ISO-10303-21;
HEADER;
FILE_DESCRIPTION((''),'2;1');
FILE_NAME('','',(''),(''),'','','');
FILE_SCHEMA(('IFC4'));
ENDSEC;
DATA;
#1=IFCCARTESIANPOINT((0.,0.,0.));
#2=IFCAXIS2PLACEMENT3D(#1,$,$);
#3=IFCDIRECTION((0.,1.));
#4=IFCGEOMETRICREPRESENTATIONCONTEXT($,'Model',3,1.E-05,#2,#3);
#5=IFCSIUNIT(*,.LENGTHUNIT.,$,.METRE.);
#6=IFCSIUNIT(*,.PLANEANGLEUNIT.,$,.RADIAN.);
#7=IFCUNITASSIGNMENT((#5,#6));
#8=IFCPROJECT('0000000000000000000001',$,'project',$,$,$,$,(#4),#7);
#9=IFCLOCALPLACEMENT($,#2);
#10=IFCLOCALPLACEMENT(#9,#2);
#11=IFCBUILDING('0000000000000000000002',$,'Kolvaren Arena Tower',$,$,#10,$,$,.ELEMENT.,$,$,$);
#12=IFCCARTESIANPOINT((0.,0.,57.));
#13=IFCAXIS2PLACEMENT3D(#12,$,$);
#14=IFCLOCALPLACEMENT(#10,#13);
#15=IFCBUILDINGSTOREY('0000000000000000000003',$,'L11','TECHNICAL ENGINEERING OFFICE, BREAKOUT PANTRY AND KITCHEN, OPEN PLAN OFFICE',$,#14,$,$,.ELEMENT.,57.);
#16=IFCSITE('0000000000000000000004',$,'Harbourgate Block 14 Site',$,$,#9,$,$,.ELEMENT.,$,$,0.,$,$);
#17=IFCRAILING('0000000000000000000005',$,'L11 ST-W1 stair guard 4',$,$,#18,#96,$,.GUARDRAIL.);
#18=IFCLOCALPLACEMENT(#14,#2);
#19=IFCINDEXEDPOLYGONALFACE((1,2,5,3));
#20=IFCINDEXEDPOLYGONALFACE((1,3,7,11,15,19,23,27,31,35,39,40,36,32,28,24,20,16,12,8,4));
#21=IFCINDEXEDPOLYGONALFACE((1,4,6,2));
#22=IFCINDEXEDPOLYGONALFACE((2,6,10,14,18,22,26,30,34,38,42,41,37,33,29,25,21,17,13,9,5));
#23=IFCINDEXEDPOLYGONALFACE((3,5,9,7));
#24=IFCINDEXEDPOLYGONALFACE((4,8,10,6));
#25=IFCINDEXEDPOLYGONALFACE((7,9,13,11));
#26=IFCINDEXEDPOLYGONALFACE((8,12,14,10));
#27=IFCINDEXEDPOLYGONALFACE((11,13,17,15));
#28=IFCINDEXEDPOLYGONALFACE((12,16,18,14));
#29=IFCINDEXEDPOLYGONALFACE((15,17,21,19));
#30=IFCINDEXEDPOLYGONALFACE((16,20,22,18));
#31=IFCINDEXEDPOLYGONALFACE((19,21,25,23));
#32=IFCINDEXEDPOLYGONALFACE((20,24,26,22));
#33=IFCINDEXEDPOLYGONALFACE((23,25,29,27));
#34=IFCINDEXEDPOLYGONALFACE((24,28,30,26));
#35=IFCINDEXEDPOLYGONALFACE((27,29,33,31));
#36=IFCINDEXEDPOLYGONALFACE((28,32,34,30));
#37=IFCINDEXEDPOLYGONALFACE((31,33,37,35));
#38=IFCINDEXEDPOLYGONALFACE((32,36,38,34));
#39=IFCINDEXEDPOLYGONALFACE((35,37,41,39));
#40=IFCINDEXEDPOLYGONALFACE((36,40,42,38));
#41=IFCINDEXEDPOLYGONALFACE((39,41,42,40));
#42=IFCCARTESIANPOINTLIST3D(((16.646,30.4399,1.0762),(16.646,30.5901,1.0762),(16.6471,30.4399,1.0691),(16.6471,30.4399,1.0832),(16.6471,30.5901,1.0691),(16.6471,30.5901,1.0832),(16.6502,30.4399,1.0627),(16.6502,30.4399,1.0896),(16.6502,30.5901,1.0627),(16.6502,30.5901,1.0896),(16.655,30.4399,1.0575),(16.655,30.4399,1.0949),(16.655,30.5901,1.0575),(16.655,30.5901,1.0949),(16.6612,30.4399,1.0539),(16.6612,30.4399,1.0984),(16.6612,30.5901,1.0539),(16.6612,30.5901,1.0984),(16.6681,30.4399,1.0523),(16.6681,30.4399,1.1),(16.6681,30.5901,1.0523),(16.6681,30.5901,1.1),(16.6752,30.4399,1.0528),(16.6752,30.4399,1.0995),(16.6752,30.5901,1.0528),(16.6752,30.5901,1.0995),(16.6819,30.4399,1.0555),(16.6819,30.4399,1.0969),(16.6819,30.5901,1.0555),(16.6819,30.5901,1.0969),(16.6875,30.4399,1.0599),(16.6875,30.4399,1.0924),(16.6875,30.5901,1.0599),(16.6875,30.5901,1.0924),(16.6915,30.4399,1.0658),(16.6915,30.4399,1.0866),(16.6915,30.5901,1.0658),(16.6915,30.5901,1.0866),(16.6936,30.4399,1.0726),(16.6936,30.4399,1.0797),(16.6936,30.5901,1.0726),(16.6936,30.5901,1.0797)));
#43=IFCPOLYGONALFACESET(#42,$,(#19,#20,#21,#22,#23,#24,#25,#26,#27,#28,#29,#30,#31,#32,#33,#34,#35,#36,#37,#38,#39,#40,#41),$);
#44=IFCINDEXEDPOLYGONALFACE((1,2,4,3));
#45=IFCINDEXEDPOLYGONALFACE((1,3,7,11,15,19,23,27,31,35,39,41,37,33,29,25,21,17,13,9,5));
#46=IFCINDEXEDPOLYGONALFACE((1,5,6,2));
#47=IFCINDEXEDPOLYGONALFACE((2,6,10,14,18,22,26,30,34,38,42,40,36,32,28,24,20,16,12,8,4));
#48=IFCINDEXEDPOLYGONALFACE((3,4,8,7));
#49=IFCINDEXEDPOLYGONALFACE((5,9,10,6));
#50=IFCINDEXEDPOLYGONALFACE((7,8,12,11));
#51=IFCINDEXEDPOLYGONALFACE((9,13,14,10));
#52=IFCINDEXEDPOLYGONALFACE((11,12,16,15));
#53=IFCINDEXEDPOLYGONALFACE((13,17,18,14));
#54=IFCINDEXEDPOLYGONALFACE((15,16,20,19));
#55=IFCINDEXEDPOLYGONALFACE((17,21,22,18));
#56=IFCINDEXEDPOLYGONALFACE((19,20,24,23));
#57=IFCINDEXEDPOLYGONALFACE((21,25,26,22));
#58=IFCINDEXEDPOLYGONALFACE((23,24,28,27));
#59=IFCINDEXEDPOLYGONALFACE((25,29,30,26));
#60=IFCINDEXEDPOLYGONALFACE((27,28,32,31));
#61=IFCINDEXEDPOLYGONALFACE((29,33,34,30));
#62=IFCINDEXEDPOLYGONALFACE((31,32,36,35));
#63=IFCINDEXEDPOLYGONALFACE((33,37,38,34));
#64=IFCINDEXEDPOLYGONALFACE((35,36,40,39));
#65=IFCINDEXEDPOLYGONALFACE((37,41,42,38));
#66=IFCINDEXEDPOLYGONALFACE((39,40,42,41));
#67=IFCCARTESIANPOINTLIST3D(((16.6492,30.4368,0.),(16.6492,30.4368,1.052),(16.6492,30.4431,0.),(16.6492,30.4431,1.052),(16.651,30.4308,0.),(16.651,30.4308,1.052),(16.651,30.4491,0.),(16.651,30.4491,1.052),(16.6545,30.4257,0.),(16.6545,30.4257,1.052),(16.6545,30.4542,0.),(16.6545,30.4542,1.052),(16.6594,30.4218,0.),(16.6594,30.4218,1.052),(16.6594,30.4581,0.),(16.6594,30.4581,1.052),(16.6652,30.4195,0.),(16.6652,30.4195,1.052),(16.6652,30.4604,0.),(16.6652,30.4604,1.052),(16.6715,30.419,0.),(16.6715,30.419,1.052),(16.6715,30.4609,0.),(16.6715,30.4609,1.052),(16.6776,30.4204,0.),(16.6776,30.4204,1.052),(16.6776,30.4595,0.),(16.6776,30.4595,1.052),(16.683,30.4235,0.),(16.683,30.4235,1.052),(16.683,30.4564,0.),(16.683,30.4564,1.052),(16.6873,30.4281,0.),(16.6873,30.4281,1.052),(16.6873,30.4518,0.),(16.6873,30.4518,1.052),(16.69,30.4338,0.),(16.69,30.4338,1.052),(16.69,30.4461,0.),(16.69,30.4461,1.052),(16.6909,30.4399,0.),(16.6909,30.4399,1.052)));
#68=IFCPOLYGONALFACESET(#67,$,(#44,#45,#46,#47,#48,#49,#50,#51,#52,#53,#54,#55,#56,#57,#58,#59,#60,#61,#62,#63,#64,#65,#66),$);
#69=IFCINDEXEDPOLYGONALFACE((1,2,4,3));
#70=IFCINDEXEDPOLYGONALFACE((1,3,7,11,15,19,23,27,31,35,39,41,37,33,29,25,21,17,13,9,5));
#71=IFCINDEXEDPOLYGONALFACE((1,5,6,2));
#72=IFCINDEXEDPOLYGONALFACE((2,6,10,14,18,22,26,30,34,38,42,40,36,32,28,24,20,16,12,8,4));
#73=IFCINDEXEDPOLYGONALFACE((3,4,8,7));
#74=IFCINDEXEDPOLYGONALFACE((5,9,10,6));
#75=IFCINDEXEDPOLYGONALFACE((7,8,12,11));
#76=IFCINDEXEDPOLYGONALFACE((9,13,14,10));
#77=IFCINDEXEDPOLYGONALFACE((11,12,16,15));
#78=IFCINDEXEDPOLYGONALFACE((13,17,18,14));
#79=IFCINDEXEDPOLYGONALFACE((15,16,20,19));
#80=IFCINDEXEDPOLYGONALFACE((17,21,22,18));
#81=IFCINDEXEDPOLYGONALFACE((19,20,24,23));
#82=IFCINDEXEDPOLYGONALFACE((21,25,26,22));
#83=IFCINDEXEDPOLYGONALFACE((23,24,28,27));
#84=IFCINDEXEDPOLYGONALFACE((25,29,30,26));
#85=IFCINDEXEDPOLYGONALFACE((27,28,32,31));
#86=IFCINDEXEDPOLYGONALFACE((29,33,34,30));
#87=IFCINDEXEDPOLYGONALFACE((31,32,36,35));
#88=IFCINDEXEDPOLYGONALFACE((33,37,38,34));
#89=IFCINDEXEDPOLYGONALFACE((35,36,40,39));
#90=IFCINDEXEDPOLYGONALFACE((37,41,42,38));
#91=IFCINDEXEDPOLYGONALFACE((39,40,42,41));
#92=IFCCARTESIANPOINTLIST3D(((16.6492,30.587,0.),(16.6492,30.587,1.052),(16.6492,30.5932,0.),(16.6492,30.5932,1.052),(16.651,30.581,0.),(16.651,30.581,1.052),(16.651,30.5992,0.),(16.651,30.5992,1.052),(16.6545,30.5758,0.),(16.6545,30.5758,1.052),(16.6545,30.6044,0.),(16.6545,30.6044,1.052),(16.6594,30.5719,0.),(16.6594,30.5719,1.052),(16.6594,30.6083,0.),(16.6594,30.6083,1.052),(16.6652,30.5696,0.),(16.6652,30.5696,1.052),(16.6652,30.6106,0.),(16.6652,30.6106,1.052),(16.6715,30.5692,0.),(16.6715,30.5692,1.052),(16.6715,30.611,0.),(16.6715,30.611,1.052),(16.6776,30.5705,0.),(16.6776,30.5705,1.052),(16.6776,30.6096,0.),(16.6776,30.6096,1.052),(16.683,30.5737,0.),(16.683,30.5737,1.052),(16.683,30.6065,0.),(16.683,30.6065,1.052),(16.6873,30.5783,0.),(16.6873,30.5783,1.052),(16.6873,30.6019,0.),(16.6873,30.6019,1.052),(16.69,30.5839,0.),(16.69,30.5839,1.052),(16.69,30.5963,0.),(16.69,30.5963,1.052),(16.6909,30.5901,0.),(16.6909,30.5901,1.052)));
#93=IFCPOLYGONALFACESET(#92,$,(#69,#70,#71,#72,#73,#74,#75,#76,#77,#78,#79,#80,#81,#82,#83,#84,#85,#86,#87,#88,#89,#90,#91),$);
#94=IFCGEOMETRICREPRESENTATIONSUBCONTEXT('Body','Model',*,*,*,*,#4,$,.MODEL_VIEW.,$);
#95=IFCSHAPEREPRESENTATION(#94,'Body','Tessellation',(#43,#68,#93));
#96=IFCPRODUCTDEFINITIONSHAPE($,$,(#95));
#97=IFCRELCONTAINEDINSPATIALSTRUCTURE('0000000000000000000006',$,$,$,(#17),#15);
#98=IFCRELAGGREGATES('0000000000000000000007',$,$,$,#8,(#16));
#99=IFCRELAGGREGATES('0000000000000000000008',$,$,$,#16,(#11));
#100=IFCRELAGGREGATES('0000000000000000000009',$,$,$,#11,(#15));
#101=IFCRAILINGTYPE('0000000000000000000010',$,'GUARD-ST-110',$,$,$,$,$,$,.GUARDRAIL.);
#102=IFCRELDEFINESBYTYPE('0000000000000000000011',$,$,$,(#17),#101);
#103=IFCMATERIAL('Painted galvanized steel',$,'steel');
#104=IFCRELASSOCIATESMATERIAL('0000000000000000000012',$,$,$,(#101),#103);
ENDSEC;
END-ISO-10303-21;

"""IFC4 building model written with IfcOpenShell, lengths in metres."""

from ifc_helpers import new_model, si_unit, direction, frame, origin, origin_2d, place, context, subcontext, project, spatial, circle, extrude, material, type_object, element, save


model = new_model("IFC4")

# Units and contexts
model_context = context("Model", 3, precision=1e-05, world=origin(), true_north=direction((0.0, 1.0)))
body_context = subcontext(model_context, "Body", "Model", "MODEL_VIEW")
ifc_project = project(units=[si_unit("LENGTHUNIT", "METRE"), si_unit("PLANEANGLEUNIT", "RADIAN")], contexts=[model_context])

# Site, building, storey
site_placement = place(None, origin())
site = spatial("IfcSite", under=ifc_project, at=site_placement, Name="Harbourgate Block 14 Site", CompositionType="ELEMENT", RefElevation=0.0)
building_placement = place(site_placement, origin())
building = spatial("IfcBuilding", under=site, at=building_placement, Name="Kolvaren Arena Tower", CompositionType="ELEMENT")
storey_placement = place(building_placement, frame((0.0, 0.0, 57.0)))
storey = spatial("IfcBuildingStorey", under=building, at=storey_placement, Name="L11", Description="TECHNICAL ENGINEERING OFFICE, BREAKOUT PANTRY AND KITCHEN, OPEN PLAN OFFICE", CompositionType="ELEMENT", Elevation=57.0)

# Railing
ifc_material_1 = material(Name="Painted galvanized steel", Category="steel")
railing_type_1 = type_object("IfcRailingType", Name="GUARD-ST-110", PredefinedType="GUARDRAIL", material=ifc_material_1)
railing_1_placement = place(storey_placement, frame((16.6699, 30.4399, 0.0)))
element("IfcRailing", 1, at=railing_1_placement, inside=storey, type_object=railing_type_1, Name="L11 ST-W1 stair guard 4", PredefinedType="GUARDRAIL", context=body_context, shape_type="SweptSolid", body=[
    extrude(circle(Radius=0.0239, at=origin_2d()), frame((0.0, 0.0, 1.0762), z_axis=(0.0, 1.0, 0.0), x_axis=(-1.0, 0.0, 0.0)), (0.0, 0.0, 1.0), 0.1501),
    extrude(circle(Radius=0.021, at=origin_2d()), origin(), (0.0, 0.0, 1.0), 1.052),
    extrude(circle(Radius=0.021, at=origin_2d()), frame((0.0, 0.1501, 0.0)), (0.0, 0.0, 1.0), 1.052),
])

save(model, "model.ifc")
